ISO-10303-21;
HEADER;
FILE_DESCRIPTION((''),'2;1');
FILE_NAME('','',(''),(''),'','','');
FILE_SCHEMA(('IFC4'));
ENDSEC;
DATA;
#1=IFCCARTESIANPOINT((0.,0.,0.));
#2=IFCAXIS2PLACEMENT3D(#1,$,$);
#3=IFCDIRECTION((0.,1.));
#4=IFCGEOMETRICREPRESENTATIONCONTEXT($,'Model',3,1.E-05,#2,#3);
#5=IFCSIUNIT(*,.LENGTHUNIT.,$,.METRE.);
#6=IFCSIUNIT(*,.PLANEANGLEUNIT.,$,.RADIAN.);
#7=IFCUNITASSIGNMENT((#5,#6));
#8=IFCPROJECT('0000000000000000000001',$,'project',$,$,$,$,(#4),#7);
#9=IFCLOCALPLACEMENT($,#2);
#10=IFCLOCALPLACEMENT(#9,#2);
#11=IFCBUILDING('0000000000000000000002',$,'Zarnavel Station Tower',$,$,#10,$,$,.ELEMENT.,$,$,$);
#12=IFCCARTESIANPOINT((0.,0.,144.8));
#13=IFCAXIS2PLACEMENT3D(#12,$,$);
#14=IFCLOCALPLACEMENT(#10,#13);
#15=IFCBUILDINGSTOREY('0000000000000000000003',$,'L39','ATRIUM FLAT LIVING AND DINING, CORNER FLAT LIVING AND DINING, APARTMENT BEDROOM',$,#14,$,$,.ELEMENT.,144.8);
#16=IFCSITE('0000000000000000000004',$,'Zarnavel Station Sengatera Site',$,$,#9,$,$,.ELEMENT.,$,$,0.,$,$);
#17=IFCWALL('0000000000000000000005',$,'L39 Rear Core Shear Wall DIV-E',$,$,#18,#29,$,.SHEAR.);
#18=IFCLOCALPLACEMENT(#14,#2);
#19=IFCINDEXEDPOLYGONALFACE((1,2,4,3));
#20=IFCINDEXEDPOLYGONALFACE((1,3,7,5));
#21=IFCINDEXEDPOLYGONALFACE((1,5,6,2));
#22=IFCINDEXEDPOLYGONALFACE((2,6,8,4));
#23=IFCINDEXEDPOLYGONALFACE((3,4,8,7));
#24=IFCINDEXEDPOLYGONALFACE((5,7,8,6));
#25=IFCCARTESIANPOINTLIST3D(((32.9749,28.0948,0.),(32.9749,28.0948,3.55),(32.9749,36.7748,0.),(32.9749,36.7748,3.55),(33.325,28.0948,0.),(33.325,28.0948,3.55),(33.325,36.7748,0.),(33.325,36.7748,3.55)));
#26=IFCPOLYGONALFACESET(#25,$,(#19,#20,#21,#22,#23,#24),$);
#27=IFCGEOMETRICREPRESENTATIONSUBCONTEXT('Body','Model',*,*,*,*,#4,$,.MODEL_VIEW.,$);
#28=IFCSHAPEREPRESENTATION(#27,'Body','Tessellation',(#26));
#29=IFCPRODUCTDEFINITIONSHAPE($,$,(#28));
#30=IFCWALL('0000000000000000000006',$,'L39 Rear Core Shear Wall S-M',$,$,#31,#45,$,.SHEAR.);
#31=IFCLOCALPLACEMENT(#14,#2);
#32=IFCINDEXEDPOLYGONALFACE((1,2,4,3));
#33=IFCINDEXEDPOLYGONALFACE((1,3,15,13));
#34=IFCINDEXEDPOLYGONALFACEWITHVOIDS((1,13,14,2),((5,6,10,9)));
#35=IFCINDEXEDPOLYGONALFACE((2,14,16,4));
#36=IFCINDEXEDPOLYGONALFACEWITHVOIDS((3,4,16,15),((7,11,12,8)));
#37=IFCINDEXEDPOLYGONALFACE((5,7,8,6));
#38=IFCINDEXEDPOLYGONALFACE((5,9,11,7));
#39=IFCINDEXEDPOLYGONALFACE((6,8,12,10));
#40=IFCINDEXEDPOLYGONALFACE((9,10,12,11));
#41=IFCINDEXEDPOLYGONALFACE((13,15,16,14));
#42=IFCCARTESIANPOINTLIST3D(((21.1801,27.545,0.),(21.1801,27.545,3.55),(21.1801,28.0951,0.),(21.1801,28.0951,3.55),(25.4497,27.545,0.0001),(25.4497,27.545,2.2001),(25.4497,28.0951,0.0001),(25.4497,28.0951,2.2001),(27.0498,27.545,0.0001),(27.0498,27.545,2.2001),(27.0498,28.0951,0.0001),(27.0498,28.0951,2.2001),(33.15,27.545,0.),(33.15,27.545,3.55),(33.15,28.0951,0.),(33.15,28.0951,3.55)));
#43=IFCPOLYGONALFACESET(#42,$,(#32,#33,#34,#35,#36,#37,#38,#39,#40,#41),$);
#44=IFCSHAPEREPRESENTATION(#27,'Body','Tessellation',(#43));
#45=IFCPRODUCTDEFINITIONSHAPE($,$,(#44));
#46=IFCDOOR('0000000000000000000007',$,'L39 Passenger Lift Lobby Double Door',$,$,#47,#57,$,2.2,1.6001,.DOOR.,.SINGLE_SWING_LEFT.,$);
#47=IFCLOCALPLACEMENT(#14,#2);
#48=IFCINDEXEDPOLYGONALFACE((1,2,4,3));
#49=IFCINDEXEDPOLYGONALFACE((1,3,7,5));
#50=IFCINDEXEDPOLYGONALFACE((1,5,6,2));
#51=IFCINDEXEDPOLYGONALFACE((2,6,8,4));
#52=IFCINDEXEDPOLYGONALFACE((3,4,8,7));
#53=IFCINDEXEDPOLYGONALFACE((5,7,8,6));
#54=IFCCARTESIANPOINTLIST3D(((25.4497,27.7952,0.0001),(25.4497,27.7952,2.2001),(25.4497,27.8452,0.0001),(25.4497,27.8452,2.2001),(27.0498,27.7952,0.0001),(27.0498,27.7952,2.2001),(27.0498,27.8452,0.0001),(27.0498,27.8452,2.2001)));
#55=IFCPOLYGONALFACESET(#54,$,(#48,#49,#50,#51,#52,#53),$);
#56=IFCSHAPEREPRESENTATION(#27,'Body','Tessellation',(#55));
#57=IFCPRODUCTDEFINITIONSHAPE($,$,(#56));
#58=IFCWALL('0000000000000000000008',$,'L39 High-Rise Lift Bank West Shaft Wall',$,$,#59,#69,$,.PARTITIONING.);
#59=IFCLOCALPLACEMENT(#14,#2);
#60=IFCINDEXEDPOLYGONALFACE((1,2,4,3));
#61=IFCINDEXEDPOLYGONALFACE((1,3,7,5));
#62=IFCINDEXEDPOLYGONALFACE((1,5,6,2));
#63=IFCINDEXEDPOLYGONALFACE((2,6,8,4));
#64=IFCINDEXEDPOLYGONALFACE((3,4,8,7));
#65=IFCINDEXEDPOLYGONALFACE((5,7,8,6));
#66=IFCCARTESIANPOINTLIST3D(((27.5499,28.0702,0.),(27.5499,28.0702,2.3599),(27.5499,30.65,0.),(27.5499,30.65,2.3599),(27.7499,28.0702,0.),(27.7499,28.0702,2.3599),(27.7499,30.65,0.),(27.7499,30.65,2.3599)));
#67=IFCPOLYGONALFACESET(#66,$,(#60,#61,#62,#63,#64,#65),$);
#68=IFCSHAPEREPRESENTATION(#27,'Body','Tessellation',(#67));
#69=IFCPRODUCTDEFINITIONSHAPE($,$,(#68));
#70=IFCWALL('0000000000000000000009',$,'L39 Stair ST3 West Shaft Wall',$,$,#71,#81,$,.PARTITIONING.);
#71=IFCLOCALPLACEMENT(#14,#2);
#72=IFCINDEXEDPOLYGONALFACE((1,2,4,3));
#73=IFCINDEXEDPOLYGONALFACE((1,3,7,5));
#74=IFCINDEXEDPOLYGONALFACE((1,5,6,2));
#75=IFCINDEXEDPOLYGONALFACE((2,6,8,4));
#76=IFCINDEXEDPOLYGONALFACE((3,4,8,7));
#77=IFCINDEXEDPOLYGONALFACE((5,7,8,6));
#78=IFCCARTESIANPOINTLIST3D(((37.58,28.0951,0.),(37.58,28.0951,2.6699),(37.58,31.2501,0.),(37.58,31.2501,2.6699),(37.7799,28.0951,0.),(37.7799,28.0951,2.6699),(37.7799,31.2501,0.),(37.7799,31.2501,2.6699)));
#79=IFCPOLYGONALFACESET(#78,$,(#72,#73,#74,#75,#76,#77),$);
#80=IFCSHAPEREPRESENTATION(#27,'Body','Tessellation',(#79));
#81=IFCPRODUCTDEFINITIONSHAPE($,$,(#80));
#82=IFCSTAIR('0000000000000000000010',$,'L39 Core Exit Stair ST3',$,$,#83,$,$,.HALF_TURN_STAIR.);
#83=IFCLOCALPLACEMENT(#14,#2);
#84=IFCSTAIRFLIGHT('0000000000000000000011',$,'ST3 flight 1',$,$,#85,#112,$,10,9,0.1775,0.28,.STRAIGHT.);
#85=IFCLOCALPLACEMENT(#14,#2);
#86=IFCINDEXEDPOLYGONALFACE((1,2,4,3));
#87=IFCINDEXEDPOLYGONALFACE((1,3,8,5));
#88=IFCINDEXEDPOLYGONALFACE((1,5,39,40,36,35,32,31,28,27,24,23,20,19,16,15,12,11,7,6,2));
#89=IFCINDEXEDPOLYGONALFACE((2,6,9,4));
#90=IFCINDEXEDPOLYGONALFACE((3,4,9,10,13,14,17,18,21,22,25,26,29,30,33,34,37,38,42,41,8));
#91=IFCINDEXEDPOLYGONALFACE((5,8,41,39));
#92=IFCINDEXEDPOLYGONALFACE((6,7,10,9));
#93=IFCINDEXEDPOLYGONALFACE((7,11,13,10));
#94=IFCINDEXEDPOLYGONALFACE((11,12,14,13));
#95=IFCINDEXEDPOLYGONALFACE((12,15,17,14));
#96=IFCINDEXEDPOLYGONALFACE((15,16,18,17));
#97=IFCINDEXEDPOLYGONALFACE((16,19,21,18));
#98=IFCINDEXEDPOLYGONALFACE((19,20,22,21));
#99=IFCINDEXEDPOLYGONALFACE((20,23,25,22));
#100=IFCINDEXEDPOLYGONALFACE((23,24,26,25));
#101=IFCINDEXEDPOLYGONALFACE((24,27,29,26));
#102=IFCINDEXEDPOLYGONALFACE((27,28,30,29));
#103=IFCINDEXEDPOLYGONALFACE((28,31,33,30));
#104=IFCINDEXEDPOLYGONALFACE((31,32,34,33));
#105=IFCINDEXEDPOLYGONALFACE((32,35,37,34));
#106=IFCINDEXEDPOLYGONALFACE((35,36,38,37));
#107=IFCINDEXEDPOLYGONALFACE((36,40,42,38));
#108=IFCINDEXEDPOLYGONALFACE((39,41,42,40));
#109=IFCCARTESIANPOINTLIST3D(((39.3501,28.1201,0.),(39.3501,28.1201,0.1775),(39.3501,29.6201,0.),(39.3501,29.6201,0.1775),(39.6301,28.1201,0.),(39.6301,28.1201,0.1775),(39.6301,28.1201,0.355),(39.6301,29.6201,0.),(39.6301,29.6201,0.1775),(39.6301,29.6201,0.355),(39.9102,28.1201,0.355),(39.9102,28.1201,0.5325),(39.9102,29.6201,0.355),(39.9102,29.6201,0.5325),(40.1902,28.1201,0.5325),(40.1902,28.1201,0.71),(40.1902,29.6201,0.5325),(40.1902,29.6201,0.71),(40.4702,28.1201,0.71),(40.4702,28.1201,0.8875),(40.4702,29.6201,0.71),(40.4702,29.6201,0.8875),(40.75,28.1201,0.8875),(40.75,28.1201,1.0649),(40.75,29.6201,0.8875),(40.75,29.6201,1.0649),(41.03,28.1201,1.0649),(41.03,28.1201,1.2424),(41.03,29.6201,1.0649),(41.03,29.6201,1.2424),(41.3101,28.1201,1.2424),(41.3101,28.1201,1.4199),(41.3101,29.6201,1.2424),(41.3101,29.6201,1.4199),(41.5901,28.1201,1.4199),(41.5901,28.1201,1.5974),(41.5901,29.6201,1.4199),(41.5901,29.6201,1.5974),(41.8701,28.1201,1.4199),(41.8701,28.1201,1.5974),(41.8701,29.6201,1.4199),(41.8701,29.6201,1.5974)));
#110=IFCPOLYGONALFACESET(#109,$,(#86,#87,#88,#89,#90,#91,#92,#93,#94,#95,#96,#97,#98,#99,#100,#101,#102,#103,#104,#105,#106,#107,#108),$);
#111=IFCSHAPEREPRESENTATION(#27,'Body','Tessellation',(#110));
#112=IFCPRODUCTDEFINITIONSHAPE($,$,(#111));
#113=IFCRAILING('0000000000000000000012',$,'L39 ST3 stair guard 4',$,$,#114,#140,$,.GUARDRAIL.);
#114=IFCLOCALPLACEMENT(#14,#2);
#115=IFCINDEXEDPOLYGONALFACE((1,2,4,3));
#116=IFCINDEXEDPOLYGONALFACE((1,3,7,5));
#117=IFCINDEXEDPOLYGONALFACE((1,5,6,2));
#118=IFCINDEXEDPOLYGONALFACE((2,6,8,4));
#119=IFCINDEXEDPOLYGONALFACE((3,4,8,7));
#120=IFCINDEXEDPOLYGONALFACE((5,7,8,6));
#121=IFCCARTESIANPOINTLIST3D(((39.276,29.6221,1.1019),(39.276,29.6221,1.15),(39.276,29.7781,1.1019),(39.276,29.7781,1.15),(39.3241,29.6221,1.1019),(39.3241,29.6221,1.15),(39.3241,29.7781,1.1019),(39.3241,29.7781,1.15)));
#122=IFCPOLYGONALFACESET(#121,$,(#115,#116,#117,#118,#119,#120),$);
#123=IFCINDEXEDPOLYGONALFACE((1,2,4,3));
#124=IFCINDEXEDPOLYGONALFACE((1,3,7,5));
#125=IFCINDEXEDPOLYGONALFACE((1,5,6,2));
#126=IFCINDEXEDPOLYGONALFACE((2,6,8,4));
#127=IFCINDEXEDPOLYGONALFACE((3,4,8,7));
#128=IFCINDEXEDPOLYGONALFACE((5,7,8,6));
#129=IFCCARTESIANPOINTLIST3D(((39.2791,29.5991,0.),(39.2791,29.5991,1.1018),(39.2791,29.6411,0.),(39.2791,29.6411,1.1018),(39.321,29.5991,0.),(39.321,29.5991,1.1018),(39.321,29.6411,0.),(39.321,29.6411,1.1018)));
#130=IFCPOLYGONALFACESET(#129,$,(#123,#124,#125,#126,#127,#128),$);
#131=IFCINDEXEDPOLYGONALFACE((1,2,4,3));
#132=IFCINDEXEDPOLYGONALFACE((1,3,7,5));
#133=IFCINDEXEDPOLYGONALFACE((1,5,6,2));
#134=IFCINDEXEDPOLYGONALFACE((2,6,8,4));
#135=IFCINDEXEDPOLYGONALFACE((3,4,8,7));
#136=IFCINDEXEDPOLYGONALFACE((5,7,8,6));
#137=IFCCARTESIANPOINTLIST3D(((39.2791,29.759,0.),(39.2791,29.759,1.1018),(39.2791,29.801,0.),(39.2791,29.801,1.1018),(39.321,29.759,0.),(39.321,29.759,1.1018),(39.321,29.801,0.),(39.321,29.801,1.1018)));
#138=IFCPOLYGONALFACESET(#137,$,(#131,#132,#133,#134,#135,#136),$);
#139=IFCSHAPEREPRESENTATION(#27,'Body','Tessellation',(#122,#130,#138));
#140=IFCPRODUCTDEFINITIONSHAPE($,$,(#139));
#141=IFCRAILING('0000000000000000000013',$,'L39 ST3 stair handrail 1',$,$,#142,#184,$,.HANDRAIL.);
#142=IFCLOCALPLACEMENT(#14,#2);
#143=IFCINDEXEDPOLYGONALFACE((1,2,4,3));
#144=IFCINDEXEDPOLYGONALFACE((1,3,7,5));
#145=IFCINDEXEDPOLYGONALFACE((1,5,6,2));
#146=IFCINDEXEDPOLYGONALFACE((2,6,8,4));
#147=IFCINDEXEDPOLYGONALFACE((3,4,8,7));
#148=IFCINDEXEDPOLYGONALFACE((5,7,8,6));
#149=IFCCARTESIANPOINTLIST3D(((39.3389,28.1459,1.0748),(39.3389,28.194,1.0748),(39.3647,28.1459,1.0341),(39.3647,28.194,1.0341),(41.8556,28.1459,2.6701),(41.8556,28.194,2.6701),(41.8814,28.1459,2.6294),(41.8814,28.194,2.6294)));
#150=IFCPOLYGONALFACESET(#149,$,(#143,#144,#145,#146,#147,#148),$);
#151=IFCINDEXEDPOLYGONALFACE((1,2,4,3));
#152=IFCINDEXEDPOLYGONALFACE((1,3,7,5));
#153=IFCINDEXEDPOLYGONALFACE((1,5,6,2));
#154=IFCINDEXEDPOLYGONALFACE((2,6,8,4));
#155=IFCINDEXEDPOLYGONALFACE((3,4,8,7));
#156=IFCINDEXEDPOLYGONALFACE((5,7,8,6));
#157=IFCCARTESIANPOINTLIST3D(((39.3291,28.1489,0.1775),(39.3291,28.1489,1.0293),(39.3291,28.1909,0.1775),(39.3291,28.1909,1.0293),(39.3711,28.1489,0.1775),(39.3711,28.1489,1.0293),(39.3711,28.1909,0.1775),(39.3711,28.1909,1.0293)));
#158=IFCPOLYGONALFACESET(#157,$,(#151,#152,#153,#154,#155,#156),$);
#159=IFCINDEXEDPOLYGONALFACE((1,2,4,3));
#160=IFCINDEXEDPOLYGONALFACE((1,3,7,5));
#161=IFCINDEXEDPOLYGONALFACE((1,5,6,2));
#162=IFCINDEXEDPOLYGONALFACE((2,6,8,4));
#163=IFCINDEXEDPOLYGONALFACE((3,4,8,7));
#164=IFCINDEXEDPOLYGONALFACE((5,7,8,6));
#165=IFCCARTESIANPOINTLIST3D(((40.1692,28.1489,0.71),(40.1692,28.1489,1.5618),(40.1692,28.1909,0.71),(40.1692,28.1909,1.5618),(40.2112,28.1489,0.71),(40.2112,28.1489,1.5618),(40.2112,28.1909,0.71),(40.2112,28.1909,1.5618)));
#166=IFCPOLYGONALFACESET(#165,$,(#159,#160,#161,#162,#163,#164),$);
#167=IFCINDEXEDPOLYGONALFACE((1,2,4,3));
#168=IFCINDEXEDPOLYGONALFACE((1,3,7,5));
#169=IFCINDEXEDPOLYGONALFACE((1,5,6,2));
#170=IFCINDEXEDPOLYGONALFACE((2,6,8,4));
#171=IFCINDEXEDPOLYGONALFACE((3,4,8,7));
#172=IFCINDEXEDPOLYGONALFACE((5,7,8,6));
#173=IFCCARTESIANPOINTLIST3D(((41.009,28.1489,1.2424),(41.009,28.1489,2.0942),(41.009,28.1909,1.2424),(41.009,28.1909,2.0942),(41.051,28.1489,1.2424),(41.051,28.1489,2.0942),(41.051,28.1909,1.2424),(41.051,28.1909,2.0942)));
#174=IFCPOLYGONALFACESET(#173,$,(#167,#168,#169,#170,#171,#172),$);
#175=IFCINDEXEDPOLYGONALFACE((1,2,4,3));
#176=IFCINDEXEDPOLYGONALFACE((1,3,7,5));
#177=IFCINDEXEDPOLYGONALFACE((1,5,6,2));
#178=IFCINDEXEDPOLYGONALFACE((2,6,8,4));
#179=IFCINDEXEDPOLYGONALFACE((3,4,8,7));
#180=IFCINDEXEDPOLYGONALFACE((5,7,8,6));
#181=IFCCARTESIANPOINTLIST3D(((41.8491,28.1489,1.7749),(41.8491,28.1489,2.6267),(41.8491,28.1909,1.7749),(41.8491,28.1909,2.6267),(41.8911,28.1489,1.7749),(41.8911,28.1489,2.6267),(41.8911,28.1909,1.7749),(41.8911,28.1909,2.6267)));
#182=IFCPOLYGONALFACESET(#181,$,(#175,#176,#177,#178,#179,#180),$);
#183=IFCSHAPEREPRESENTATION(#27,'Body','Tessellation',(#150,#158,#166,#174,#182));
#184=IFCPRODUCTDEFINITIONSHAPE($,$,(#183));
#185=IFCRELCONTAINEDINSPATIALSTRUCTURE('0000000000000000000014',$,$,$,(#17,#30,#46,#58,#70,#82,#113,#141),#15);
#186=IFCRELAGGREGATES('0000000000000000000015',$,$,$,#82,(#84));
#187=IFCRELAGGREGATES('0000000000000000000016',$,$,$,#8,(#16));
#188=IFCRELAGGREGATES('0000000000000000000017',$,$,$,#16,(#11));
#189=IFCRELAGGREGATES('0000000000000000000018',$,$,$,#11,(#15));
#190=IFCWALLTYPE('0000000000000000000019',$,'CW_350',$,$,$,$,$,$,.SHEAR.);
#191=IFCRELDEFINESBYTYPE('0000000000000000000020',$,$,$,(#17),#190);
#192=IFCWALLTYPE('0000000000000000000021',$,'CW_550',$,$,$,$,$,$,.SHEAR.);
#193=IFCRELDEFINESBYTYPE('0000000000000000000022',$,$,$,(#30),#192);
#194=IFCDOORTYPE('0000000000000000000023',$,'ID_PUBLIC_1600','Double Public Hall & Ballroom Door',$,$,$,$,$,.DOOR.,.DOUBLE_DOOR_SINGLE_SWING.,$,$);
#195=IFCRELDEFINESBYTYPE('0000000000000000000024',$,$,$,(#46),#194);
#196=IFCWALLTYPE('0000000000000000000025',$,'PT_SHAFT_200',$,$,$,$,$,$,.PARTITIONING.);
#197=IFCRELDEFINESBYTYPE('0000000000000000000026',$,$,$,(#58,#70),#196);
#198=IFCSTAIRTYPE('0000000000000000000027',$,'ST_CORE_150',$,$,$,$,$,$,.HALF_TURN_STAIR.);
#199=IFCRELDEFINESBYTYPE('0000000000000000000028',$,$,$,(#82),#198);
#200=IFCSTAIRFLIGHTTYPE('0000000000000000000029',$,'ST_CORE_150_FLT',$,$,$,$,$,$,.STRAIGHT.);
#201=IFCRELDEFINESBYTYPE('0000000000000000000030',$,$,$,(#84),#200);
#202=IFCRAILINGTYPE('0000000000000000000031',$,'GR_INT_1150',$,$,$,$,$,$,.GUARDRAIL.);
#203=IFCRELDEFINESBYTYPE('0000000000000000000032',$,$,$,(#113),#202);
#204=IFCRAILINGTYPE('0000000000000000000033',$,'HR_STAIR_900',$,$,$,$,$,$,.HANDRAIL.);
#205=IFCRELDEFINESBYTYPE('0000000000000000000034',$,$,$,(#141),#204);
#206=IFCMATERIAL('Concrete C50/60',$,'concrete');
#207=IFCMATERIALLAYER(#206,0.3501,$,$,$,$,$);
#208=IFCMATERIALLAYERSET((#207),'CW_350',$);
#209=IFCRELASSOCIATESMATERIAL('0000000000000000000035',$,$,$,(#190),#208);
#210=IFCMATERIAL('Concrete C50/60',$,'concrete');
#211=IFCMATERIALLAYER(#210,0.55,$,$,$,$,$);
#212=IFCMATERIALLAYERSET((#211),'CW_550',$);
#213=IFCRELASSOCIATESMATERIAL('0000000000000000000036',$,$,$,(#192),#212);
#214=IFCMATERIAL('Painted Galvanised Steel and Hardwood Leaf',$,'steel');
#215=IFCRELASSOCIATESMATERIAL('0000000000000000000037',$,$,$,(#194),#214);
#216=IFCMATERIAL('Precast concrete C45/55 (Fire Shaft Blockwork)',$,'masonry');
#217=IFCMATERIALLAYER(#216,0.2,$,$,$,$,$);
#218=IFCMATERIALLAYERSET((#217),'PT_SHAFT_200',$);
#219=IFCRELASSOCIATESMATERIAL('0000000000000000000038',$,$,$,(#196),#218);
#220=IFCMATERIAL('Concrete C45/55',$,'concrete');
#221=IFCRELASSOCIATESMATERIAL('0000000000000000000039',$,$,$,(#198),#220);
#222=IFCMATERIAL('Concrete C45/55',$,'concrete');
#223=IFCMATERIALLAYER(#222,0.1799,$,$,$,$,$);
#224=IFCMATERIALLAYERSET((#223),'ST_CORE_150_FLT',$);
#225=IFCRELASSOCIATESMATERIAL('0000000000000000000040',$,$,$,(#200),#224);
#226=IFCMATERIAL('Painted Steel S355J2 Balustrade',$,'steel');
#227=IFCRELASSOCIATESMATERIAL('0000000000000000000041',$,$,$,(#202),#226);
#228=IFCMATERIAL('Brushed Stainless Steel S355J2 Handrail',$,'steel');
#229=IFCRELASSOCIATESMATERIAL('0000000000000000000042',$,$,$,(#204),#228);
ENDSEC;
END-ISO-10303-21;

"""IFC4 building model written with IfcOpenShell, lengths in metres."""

from ifc_helpers import new_model, si_unit, direction, frame, frame_2d, origin, origin_2d, place, context, subcontext, project, spatial, polyline, rectangle, outline, extrude, material, layer, layer_set, type_object, element, fill, aggregate, save


model = new_model("IFC4")

# Units and contexts
model_context = context("Model", 3, precision=1e-05, world=origin(), true_north=direction((0.0, 1.0)))
body_context = subcontext(model_context, "Body", "Model", "MODEL_VIEW")
ifc_project = project(units=[si_unit("LENGTHUNIT", "METRE"), si_unit("PLANEANGLEUNIT", "RADIAN")], contexts=[model_context])

# Site, building, storey
site_placement = place(None, origin())
site = spatial("IfcSite", under=ifc_project, at=site_placement, Name="Zarnavel Station Sengatera Site", CompositionType="ELEMENT", RefElevation=0.0)
building_placement = place(site_placement, origin())
building = spatial("IfcBuilding", under=site, at=building_placement, Name="Zarnavel Station Tower", CompositionType="ELEMENT")
storey_placement = place(building_placement, frame((0.0, 0.0, 144.8)))
storey = spatial("IfcBuildingStorey", under=building, at=storey_placement, Name="L39", Description="ATRIUM FLAT LIVING AND DINING, CORNER FLAT LIVING AND DINING, APARTMENT BEDROOM", CompositionType="ELEMENT", Elevation=144.8)

# Wall
ifc_material_1 = material(Name="Concrete C50/60", Category="concrete")
ifc_layer_1 = layer(ifc_material_1, 0.3501)
ifc_layer_set_1 = layer_set([ifc_layer_1], Name="CW_350")
wall_type_1 = type_object("IfcWallType", Name="CW_350", PredefinedType="SHEAR", material=ifc_layer_set_1)
wall_1_placement = place(storey_placement, frame((33.1499, 28.095, 0.0), z_axis=(0.0, 0.0, 1.0), x_axis=(0.0, 1.0, 0.0)))
element("IfcWall", 1, at=wall_1_placement, inside=storey, type_object=wall_type_1, Name="L39 Rear Core Shear Wall DIV-E", PredefinedType="SHEAR", context=body_context, shape_type="SweptSolid", body=[
    extrude(rectangle(XDim=8.6799, YDim=0.3501, at=frame_2d((4.3398, 0.0))), origin(), (0.0, 0.0, 1.0), 3.55),
])

# Wall, opening, door
ifc_material_2 = material(Name="Concrete C50/60", Category="concrete")
ifc_layer_2 = layer(ifc_material_2, 0.55)
ifc_layer_set_2 = layer_set([ifc_layer_2], Name="CW_550")
wall_type_2 = type_object("IfcWallType", Name="CW_550", PredefinedType="SHEAR", material=ifc_layer_set_2)
wall_2_placement = place(storey_placement, frame((33.1499, 27.8201, 0.0), z_axis=(0.0, 0.0, 1.0), x_axis=(-1.0, 0.0, 0.0)))
wall_2 = element("IfcWall", 2, at=wall_2_placement, inside=storey, type_object=wall_type_2, Name="L39 Rear Core Shear Wall S-M", PredefinedType="SHEAR", context=body_context, shape_type="SweptSolid", body=[
    extrude(rectangle(XDim=11.97, YDim=0.55, at=frame_2d((5.9849, 0.0))), origin(), (0.0, 0.0, 1.0), 3.55),
])
opening_1_placement = place(wall_2_placement, frame((6.1001, 0.0, 0.0)))
opening_1 = element("IfcOpeningElement", 3, at=opening_1_placement, cuts=wall_2, PredefinedType="OPENING", context=body_context, shape_type="SweptSolid", body=[
    extrude(rectangle(XDim=1.6001, YDim=2.2, at=frame_2d((0.8, 1.1001))), frame((0.0, 0.2849, 0.0), z_axis=(0.0, -1.0, 0.0), x_axis=(1.0, 0.0, 0.0)), (0.0, 0.0, 1.0), 0.5701),
])
ifc_material_3 = material(Name="Painted Galvanised Steel and Hardwood Leaf", Category="steel")
door_type_1 = type_object("IfcDoorType", Name="ID_PUBLIC_1600", Description="Double Public Hall & Ballroom Door", OperationType="DOUBLE_DOOR_SINGLE_SWING", PredefinedType="DOOR", material=ifc_material_3)
door_1_placement = place(opening_1_placement, origin())
door_1 = element("IfcDoor", 4, at=door_1_placement, inside=storey, type_object=door_type_1, Name="L39 Passenger Lift Lobby Double Door", OperationType="SINGLE_SWING_LEFT", OverallHeight=2.2, OverallWidth=1.6001, PredefinedType="DOOR", context=body_context, shape_type="SweptSolid", body=[
    extrude(rectangle(XDim=1.6001, YDim=2.2, at=frame_2d((0.8, 1.1001))), frame((0.0, 0.0249, 0.0), z_axis=(0.0, -1.0, 0.0), x_axis=(1.0, 0.0, 0.0)), (0.0, 0.0, 1.0), 0.05),
])
fill(opening_1, door_1)

# Walls
ifc_material_4 = material(Name="Precast concrete C45/55 (Fire Shaft Blockwork)", Category="masonry")
ifc_layer_3 = layer(ifc_material_4, 0.2)
ifc_layer_set_3 = layer_set([ifc_layer_3], Name="PT_SHAFT_200")
wall_type_3 = type_object("IfcWallType", Name="PT_SHAFT_200", PredefinedType="PARTITIONING", material=ifc_layer_set_3)
wall_3_placement = place(storey_placement, frame((27.6499, 28.0701, 0.0), z_axis=(0.0, 0.0, 1.0), x_axis=(0.0, 1.0, 0.0)))
element("IfcWall", 5, at=wall_3_placement, inside=storey, type_object=wall_type_3, Name="L39 High-Rise Lift Bank West Shaft Wall", PredefinedType="PARTITIONING", context=body_context, shape_type="SweptSolid", body=[
    extrude(rectangle(XDim=2.5798, YDim=0.2, at=frame_2d((1.29, 0.0))), origin(), (0.0, 0.0, 1.0), 2.3599),
])
wall_4_placement = place(storey_placement, frame((37.6799, 28.095, 0.0), z_axis=(0.0, 0.0, 1.0), x_axis=(0.0, 1.0, 0.0)))
element("IfcWall", 6, at=wall_4_placement, inside=storey, type_object=wall_type_3, Name="L39 Stair ST3 West Shaft Wall", PredefinedType="PARTITIONING", context=body_context, shape_type="SweptSolid", body=[
    extrude(rectangle(XDim=3.155, YDim=0.2, at=frame_2d((1.5776, 0.0))), origin(), (0.0, 0.0, 1.0), 2.6699),
])

# Stair, stair flight
ifc_material_5 = material(Name="Concrete C45/55", Category="concrete")
stair_type = type_object("IfcStairType", Name="ST_CORE_150", PredefinedType="HALF_TURN_STAIR", material=ifc_material_5)
stair_placement = place(storey_placement, origin())
stair = element("IfcStair", 7, at=stair_placement, inside=storey, type_object=stair_type, Name="L39 Core Exit Stair ST3", PredefinedType="HALF_TURN_STAIR")
ifc_material_6 = material(Name="Concrete C45/55", Category="concrete")
ifc_layer_4 = layer(ifc_material_6, 0.1799)
ifc_layer_set_4 = layer_set([ifc_layer_4], Name="ST_CORE_150_FLT")
stair_flight_type = type_object("IfcStairFlightType", Name="ST_CORE_150_FLT", PredefinedType="STRAIGHT", material=ifc_layer_set_4)
stair_flight_placement = place(storey_placement, frame((39.3501, 28.8701, 0.0), z_axis=(0.0, 0.0, 1.0), x_axis=(1.0, 0.0, 0.0)))
stair_flight = element("IfcStairFlight", 8, at=stair_flight_placement, type_object=stair_flight_type, Name="ST3 flight 1", NumberOfRisers=10, NumberOfTreads=9, PredefinedType="STRAIGHT", RiserHeight=0.1775, TreadLength=0.28, context=body_context, shape_type="SweptSolid", body=[
    extrude(outline(polyline([(0.0, 0.0), (0.0, 0.1775), (0.28, 0.1775), (0.28, 0.355), (0.5601, 0.355), (0.5601, 0.5325), (0.8401, 0.5325), (0.8401, 0.71), (1.1201, 0.71), (1.1201, 0.8875), (1.3999, 0.8875), (1.3999, 1.0649), (1.6799, 1.0649), (1.6799, 1.2424), (1.96, 1.2424), (1.96, 1.4199), (2.24, 1.4199), (2.24, 1.5974), (2.52, 1.5974), (2.52, 1.7749), (2.52, 1.4199), (0.28, 0.0), (0.0, 0.0)])), frame((0.0, 0.75, 0.0), z_axis=(0.0, -1.0, 0.0), x_axis=(1.0, 0.0, 0.0)), (0.0, 0.0, 1.0), 1.5),
])
aggregate(stair, [stair_flight])

# Railings
ifc_material_7 = material(Name="Painted Steel S355J2 Balustrade", Category="steel")
railing_type_1 = type_object("IfcRailingType", Name="GR_INT_1150", PredefinedType="GUARDRAIL", material=ifc_material_7)
railing_1_placement = place(storey_placement, frame((39.3, 29.6201, 0.0)))
element("IfcRailing", 9, at=railing_1_placement, inside=storey, type_object=railing_type_1, Name="L39 ST3 stair guard 4", PredefinedType="GUARDRAIL", context=body_context, shape_type="SweptSolid", body=[
    extrude(rectangle(XDim=0.0481, YDim=0.0481, at=origin_2d()), frame((0.0, 0.002, 1.126), z_axis=(0.0, 1.0, 0.0), x_axis=(-1.0, 0.0, 0.0)), (0.0, 0.0, 1.0), 0.156),
    extrude(rectangle(XDim=0.042, YDim=0.042, at=origin_2d()), origin(), (0.0, 0.0, 1.0), 1.1018),
    extrude(rectangle(XDim=0.042, YDim=0.042, at=origin_2d()), frame((0.0, 0.1599, 0.0)), (0.0, 0.0, 1.0), 1.1018),
])
ifc_material_8 = material(Name="Brushed Stainless Steel S355J2 Handrail", Category="steel")
railing_type_2 = type_object("IfcRailingType", Name="HR_STAIR_900", PredefinedType="HANDRAIL", material=ifc_material_8)
railing_2_placement = place(storey_placement, frame((39.3501, 28.1699, 0.1775)))
element("IfcRailing", 10, at=railing_2_placement, inside=storey, type_object=railing_type_2, Name="L39 ST3 stair handrail 1", PredefinedType="HANDRAIL", context=body_context, shape_type="SweptSolid", body=[
    extrude(rectangle(XDim=0.0481, YDim=0.0481, at=origin_2d()), frame((0.0017, 0.0, 0.877), z_axis=(0.844607, 0.0, 0.535387), x_axis=(0.0, 1.0, 0.0)), (0.0, 0.0, 1.0), 2.9797),
    extrude(rectangle(XDim=0.042, YDim=0.042, at=origin_2d()), origin(), (0.0, 0.0, 1.0), 0.8518),
    extrude(rectangle(XDim=0.042, YDim=0.042, at=origin_2d()), frame((0.8401, 0.0, 0.5325)), (0.0, 0.0, 1.0), 0.8518),
    extrude(rectangle(XDim=0.042, YDim=0.042, at=origin_2d()), frame((1.6799, 0.0, 1.0649)), (0.0, 0.0, 1.0), 0.8518),
    extrude(rectangle(XDim=0.042, YDim=0.042, at=origin_2d()), frame((2.52, 0.0, 1.5974)), (0.0, 0.0, 1.0), 0.8518),
])

save(model, "model.ifc")
